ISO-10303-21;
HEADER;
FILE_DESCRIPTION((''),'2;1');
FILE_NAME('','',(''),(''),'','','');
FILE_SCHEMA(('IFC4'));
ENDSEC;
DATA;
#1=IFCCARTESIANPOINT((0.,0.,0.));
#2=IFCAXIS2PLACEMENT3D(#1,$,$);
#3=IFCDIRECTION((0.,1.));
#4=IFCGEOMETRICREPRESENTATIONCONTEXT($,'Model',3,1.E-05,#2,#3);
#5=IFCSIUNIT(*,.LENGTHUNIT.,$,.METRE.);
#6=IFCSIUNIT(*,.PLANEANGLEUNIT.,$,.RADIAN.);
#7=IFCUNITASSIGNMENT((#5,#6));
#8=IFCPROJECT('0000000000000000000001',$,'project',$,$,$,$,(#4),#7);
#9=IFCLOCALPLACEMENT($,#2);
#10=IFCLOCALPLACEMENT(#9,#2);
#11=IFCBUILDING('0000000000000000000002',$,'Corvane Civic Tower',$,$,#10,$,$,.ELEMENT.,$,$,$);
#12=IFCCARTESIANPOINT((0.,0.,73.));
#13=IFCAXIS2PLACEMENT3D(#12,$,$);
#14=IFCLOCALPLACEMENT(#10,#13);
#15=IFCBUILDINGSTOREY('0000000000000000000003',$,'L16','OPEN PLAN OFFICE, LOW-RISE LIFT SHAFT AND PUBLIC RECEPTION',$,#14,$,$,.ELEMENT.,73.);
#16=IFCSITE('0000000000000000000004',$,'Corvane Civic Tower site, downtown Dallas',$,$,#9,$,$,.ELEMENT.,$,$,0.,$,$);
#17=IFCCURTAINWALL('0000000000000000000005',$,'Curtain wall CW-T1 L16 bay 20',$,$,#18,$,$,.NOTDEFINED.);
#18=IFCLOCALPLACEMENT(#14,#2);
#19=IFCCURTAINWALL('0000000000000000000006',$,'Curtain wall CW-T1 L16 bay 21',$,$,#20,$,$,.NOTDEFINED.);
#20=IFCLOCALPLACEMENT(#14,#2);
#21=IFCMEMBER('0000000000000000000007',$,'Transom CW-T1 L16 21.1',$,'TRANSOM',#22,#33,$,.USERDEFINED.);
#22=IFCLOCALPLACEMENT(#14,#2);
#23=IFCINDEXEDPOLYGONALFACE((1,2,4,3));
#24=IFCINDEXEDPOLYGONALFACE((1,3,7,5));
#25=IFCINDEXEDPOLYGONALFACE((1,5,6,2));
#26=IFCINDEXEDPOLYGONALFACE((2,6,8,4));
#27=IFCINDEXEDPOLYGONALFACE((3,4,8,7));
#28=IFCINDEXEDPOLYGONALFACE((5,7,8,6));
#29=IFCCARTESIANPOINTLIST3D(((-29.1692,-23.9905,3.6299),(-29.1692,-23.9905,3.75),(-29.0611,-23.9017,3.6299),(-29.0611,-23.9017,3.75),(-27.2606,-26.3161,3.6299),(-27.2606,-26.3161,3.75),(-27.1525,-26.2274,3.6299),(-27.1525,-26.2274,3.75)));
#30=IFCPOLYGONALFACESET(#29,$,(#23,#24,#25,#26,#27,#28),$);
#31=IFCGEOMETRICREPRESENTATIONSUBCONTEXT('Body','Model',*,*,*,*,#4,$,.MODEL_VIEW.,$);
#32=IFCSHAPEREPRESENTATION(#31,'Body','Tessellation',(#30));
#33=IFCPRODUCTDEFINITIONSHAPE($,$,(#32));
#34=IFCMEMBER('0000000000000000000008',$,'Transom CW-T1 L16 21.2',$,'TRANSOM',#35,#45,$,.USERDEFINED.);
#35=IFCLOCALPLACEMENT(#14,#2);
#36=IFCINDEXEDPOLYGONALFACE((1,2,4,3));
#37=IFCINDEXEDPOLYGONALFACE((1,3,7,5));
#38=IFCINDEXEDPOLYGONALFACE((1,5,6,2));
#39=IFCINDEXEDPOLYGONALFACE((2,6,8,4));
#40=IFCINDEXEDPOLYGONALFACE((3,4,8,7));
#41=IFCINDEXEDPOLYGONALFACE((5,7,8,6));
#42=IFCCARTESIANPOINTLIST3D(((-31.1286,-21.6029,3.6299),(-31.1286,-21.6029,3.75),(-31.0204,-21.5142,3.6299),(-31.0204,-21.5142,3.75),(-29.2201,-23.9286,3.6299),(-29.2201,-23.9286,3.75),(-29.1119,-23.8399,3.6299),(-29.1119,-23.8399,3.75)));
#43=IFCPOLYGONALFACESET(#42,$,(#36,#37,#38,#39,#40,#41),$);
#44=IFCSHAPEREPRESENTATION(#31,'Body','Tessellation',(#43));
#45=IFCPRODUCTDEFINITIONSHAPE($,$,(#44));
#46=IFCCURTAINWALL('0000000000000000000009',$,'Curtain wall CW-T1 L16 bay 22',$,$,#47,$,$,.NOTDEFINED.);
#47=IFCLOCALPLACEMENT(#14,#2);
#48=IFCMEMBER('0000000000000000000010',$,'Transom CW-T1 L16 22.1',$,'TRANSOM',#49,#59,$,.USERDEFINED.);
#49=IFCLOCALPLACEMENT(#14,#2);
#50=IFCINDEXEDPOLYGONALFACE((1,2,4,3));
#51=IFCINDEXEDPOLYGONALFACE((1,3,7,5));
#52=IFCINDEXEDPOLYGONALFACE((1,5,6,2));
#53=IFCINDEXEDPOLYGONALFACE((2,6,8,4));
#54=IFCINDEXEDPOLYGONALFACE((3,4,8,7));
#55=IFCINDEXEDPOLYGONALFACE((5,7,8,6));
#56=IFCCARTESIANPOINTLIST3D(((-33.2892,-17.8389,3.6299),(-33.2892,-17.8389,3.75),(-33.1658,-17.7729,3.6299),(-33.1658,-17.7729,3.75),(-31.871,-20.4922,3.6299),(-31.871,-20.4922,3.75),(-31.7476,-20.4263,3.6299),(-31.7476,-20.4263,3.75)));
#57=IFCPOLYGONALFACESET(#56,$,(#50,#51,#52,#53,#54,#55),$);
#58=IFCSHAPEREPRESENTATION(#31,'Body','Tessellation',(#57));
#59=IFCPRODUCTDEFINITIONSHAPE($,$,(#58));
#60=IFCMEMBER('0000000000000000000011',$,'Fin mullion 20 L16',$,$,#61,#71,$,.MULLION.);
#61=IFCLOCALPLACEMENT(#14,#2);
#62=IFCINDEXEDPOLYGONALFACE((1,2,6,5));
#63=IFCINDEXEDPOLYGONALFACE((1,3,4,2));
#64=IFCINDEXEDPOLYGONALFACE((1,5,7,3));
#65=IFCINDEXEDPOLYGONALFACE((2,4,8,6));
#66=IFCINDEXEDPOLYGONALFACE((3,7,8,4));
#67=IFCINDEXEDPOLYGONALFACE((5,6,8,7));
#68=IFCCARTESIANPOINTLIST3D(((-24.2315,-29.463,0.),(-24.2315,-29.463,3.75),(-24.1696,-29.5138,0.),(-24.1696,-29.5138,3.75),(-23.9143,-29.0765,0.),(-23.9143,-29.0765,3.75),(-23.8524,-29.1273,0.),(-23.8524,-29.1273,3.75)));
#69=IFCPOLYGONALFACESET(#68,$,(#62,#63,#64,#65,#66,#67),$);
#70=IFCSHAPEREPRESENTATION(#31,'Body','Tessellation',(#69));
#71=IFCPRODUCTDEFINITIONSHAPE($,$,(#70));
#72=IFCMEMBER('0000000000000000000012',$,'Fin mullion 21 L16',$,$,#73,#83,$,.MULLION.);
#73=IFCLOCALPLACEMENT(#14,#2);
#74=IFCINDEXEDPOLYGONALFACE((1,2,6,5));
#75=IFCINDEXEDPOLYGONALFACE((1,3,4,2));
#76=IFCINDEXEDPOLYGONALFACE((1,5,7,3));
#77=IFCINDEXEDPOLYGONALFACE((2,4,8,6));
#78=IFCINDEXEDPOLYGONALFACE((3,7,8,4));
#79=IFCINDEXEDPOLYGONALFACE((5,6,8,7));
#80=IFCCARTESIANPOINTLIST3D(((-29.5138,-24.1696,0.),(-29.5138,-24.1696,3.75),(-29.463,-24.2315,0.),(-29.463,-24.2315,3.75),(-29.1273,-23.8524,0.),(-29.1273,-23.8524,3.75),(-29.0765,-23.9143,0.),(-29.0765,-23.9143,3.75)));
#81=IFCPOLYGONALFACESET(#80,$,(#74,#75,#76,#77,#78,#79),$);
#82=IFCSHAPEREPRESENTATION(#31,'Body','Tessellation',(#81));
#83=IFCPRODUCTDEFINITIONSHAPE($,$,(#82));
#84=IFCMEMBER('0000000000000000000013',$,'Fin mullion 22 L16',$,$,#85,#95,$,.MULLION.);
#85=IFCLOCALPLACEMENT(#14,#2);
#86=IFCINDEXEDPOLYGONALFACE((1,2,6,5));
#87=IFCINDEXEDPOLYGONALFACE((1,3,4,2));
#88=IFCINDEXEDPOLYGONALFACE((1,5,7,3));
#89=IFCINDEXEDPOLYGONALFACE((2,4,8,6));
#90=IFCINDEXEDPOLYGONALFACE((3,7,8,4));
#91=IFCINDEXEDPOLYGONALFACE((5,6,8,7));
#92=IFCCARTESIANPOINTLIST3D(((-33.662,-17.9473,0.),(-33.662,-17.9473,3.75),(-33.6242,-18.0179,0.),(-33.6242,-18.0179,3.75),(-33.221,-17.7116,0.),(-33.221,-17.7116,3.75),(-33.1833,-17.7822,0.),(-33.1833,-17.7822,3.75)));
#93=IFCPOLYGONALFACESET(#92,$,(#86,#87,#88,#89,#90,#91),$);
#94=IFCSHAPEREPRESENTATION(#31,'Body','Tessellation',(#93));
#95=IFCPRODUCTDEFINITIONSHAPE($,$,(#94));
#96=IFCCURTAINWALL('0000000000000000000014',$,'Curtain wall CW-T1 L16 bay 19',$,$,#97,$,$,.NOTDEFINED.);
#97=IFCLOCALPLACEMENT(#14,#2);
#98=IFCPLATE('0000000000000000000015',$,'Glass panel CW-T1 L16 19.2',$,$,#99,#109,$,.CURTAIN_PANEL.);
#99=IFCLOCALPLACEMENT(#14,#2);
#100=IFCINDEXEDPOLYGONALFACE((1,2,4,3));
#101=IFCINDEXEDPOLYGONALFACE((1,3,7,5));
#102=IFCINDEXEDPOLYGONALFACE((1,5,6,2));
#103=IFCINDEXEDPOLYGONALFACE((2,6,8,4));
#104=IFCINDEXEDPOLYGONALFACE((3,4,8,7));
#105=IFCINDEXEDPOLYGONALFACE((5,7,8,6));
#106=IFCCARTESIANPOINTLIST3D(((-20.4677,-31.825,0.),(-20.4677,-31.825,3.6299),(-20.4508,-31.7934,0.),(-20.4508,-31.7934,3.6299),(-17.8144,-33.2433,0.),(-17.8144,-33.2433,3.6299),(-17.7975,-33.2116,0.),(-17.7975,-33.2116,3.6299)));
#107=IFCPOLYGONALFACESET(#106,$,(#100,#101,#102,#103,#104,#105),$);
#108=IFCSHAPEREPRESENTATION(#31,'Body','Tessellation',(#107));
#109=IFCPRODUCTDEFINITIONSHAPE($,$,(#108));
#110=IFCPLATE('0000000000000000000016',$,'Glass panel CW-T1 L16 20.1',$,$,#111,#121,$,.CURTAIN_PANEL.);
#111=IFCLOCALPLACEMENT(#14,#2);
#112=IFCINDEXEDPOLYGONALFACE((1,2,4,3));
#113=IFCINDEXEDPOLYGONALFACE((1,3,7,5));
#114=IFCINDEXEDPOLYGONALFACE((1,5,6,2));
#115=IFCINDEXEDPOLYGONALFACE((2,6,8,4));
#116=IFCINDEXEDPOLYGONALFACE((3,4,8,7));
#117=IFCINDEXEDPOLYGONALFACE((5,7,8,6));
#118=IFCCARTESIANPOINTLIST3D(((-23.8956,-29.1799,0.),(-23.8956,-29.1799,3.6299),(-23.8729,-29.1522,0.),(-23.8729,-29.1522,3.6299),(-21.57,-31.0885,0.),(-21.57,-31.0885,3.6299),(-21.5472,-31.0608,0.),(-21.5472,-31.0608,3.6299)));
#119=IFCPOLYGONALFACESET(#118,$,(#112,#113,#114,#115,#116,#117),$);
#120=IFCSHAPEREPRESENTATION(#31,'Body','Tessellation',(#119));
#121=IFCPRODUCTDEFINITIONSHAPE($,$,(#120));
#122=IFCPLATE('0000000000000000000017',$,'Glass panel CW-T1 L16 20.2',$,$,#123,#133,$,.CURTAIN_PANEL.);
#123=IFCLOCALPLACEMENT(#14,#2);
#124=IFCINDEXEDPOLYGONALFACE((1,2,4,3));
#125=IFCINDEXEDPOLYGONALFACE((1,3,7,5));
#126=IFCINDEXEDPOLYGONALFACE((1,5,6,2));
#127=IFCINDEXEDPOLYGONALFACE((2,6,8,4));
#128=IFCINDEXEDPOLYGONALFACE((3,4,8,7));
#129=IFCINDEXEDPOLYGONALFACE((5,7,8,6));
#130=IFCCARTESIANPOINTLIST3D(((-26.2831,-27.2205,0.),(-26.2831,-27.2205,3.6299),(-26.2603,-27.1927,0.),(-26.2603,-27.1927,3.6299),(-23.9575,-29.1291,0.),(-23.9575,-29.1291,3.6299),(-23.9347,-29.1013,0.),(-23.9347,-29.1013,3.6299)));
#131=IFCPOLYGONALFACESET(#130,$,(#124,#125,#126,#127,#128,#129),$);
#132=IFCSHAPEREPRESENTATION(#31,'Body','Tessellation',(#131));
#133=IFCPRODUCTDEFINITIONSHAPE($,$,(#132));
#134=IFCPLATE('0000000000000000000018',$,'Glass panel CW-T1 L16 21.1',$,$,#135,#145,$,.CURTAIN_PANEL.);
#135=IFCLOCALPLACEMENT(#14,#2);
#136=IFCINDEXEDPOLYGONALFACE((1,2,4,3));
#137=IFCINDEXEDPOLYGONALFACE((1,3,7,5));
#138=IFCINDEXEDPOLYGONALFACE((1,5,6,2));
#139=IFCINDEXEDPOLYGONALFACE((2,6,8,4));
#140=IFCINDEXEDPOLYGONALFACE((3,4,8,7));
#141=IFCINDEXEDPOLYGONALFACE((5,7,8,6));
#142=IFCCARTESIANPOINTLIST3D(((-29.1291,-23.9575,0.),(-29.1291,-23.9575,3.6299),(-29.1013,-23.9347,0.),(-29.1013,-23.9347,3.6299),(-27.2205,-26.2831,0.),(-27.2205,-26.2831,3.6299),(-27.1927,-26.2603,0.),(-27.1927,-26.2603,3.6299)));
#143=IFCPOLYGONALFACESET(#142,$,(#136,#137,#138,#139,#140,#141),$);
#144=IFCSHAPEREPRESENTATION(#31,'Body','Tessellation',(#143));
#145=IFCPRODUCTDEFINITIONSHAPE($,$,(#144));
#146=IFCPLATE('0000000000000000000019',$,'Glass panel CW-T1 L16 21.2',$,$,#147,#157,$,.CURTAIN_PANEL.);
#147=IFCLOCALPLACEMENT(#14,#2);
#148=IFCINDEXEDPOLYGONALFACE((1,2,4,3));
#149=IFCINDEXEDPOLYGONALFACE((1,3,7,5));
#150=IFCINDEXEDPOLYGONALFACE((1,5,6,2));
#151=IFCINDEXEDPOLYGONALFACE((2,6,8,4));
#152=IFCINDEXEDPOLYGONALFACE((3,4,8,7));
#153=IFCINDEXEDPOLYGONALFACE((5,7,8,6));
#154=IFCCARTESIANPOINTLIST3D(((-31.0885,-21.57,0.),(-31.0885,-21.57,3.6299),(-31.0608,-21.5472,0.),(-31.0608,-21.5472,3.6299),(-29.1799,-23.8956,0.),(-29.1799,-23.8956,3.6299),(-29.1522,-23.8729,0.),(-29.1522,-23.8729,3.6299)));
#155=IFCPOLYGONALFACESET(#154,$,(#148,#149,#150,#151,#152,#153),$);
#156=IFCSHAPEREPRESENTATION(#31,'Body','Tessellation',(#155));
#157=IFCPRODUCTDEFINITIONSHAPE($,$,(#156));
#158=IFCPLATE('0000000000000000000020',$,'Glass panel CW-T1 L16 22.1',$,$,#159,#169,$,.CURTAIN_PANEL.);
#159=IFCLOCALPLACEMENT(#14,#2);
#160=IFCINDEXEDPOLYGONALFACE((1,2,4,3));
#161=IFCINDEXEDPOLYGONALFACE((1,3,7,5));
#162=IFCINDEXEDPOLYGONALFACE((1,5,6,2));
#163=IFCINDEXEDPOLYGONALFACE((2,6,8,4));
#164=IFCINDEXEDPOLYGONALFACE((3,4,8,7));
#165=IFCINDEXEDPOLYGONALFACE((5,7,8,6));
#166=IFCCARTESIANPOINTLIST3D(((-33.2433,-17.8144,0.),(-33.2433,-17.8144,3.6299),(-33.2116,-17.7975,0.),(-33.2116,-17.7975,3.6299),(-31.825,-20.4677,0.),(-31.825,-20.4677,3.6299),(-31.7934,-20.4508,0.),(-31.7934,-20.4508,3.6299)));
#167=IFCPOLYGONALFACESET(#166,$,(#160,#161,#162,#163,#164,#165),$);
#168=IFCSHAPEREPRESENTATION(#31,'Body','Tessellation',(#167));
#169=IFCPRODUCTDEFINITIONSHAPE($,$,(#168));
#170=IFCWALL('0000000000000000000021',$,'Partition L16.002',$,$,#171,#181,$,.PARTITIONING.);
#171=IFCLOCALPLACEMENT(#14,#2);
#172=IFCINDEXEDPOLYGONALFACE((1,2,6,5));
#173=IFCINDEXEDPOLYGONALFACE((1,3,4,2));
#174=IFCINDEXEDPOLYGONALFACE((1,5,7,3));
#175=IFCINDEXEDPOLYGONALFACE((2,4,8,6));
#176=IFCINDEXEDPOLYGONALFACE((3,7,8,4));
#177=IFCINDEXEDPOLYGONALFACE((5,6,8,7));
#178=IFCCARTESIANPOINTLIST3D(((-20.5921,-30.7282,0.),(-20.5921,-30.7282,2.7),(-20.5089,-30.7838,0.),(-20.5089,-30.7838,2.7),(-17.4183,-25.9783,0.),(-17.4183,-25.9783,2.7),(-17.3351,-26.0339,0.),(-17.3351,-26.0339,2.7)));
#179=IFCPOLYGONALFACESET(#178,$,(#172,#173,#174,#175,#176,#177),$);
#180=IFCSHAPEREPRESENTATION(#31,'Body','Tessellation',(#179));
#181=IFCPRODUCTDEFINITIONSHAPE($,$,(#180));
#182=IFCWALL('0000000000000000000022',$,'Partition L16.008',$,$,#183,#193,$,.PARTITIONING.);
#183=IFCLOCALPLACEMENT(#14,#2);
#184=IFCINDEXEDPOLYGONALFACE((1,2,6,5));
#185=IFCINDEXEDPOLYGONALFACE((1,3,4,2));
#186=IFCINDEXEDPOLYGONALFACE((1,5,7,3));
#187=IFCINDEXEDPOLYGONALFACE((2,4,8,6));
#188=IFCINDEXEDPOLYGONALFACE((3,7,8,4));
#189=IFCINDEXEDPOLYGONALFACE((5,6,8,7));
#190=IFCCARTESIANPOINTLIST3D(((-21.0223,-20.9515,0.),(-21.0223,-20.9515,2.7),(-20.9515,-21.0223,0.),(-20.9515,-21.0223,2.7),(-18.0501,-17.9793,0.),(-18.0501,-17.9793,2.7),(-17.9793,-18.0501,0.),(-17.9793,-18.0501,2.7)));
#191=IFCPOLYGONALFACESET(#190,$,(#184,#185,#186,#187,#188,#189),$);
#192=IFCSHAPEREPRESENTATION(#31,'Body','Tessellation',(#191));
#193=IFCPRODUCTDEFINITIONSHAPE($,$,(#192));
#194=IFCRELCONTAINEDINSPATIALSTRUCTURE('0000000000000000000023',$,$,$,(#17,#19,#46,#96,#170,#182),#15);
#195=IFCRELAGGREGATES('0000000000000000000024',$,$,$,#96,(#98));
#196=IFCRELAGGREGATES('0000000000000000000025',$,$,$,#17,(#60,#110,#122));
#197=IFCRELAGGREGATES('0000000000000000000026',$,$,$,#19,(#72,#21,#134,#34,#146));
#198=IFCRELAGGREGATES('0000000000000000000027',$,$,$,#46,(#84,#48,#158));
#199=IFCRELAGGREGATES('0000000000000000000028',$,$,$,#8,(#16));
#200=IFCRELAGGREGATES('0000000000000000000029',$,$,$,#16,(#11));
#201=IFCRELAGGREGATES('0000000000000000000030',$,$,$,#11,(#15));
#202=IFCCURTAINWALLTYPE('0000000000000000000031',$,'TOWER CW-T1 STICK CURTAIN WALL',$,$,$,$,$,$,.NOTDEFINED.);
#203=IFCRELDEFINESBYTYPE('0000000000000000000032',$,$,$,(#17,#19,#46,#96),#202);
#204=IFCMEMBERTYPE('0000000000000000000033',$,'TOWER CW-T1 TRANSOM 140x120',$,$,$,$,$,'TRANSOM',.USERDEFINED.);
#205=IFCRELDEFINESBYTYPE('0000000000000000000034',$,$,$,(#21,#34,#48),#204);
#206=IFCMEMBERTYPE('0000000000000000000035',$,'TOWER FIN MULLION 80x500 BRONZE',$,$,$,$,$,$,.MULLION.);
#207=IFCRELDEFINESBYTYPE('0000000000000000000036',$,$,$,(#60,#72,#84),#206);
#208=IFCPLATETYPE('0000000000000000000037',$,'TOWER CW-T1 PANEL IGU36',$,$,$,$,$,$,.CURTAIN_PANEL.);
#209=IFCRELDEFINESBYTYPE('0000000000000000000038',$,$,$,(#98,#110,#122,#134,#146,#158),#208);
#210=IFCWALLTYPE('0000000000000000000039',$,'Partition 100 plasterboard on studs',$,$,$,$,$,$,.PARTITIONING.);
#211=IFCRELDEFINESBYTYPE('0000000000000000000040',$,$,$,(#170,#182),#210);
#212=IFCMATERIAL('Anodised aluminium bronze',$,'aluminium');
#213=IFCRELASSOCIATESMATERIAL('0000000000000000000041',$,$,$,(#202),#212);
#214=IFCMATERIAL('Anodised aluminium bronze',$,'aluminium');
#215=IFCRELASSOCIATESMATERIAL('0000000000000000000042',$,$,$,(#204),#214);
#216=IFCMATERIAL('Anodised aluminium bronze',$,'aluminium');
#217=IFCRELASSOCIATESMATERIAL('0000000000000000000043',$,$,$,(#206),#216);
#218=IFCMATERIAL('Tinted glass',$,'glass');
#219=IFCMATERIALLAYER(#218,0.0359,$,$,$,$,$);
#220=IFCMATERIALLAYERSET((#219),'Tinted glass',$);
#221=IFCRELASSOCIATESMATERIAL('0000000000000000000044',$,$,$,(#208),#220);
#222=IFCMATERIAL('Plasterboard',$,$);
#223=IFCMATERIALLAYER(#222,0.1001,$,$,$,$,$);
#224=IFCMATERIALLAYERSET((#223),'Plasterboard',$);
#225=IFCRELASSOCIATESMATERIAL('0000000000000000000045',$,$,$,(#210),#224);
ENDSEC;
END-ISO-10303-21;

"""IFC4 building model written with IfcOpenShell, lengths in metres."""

from ifc_helpers import new_model, si_unit, direction, frame, frame_2d, origin, origin_2d, place, context, subcontext, project, spatial, rectangle, extrude, material, layer, layer_set, material_profile, profile_set, type_object, element, aggregate, save


model = new_model("IFC4")

# Units and contexts
model_context = context("Model", 3, precision=1e-05, world=origin(), true_north=direction((0.0, 1.0)))
body_context = subcontext(model_context, "Body", "Model", "MODEL_VIEW")
ifc_project = project(units=[si_unit("LENGTHUNIT", "METRE"), si_unit("PLANEANGLEUNIT", "RADIAN")], contexts=[model_context])

# Site, building, storey
site_placement = place(None, origin())
site = spatial("IfcSite", under=ifc_project, at=site_placement, Name="Corvane Civic Tower site, downtown Dallas", CompositionType="ELEMENT", RefElevation=0.0)
building_placement = place(site_placement, origin())
building = spatial("IfcBuilding", under=site, at=building_placement, Name="Corvane Civic Tower", CompositionType="ELEMENT")
storey_placement = place(building_placement, frame((0.0, 0.0, 73.0)))
storey = spatial("IfcBuildingStorey", under=building, at=storey_placement, Name="L16", Description="OPEN PLAN OFFICE, LOW-RISE LIFT SHAFT AND PUBLIC RECEPTION", CompositionType="ELEMENT", Elevation=73.0)

# Curtain walls, members
ifc_material_1 = material(Name="Anodised aluminium bronze", Category="aluminium")
curtain_wall_type = type_object("IfcCurtainWallType", Name="TOWER CW-T1 STICK CURTAIN WALL", PredefinedType="NOTDEFINED", material=ifc_material_1)
curtain_wall_1_placement = place(storey_placement, origin())
curtain_wall_1 = element("IfcCurtainWall", 1, at=curtain_wall_1_placement, inside=storey, type_object=curtain_wall_type, Name="Curtain wall CW-T1 L16 bay 20", PredefinedType="NOTDEFINED")
ifc_material_2 = material(Name="Anodised aluminium bronze", Category="aluminium")
ifc_material_profile_1 = material_profile(ifc_material_2, rectangle(XDim=0.1399, YDim=0.1201, at=origin_2d()), Name="TOWER CW-T1 TRANSOM 140x120")
ifc_profile_set_1 = profile_set([ifc_material_profile_1], Name="Anodised aluminium bronze")
member_type_1 = type_object("IfcMemberType", Name="TOWER CW-T1 TRANSOM 140x120", ElementType="TRANSOM", PredefinedType="USERDEFINED", material=ifc_profile_set_1)
curtain_wall_2_placement = place(storey_placement, origin())
curtain_wall_2 = element("IfcCurtainWall", 2, at=curtain_wall_2_placement, inside=storey, type_object=curtain_wall_type, Name="Curtain wall CW-T1 L16 bay 21", PredefinedType="NOTDEFINED")
member_1_placement = place(storey_placement, frame((-27.2065, -26.2717, 3.6899), z_axis=(-0.634404, 0.773002, 0.0), x_axis=(-0.773002, -0.634404, 0.0)))
member_1 = element("IfcMember", 3, at=member_1_placement, type_object=member_type_1, Name="Transom CW-T1 L16 21.1", ObjectType="TRANSOM", PredefinedType="USERDEFINED", context=body_context, shape_type="SweptSolid", body=[
    extrude(rectangle(XDim=0.1399, YDim=0.1201, at=origin_2d()), origin(), (0.0, 0.0, 1.0), 3.0085),
])
member_2_placement = place(storey_placement, frame((-29.166, -23.8843, 3.6899), z_axis=(-0.634355, 0.773042, 0.0), x_axis=(-0.773042, -0.634355, 0.0)))
member_2 = element("IfcMember", 4, at=member_2_placement, type_object=member_type_1, Name="Transom CW-T1 L16 21.2", ObjectType="TRANSOM", PredefinedType="USERDEFINED", context=body_context, shape_type="SweptSolid", body=[
    extrude(rectangle(XDim=0.1399, YDim=0.1201, at=origin_2d()), origin(), (0.0, 0.0, 1.0), 3.0085),
])

# Curtain wall, member
curtain_wall_3_placement = place(storey_placement, origin())
curtain_wall_3 = element("IfcCurtainWall", 5, at=curtain_wall_3_placement, inside=storey, type_object=curtain_wall_type, Name="Curtain wall CW-T1 L16 bay 22", PredefinedType="NOTDEFINED")
member_3_placement = place(storey_placement, frame((-31.8093, -20.4592, 3.6899), z_axis=(-0.471393, 0.881924, 0.0), x_axis=(-0.881924, -0.471393, 0.0)))
member_3 = element("IfcMember", 6, at=member_3_placement, type_object=member_type_1, Name="Transom CW-T1 L16 22.1", ObjectType="TRANSOM", PredefinedType="USERDEFINED", context=body_context, shape_type="SweptSolid", body=[
    extrude(rectangle(XDim=0.1399, YDim=0.1201, at=origin_2d()), origin(), (0.0, 0.0, 1.0), 3.0085),
])

# Members
ifc_material_3 = material(Name="Anodised aluminium bronze", Category="aluminium")
ifc_material_profile_2 = material_profile(ifc_material_3, rectangle(XDim=0.0801, YDim=0.5, at=origin_2d()), Name="TOWER FIN MULLION 80x500 BRONZE")
ifc_profile_set_2 = profile_set([ifc_material_profile_2], Name="Anodised aluminium bronze")
member_type_2 = type_object("IfcMemberType", Name="TOWER FIN MULLION 80x500 BRONZE", PredefinedType="MULLION", material=ifc_profile_set_2)
member_4_placement = place(storey_placement, frame((-24.042, -29.2952, 0.0), z_axis=(0.0, 0.0, 1.0), x_axis=(-0.773007, 0.634397, 0.0)))
member_4 = element("IfcMember", 7, at=member_4_placement, type_object=member_type_2, Name="Fin mullion 20 L16", PredefinedType="MULLION", context=body_context, shape_type="SweptSolid", body=[
    extrude(rectangle(XDim=0.0801, YDim=0.5, at=origin_2d()), origin(), (0.0, 0.0, 1.0), 3.75),
])
member_5_placement = place(storey_placement, frame((-29.2952, -24.042, 0.0), z_axis=(0.0, 0.0, 1.0), x_axis=(-0.634397, 0.773007, 0.0)))
member_5 = element("IfcMember", 8, at=member_5_placement, type_object=member_type_2, Name="Fin mullion 21 L16", PredefinedType="MULLION", context=body_context, shape_type="SweptSolid", body=[
    extrude(rectangle(XDim=0.0801, YDim=0.5, at=origin_2d()), origin(), (0.0, 0.0, 1.0), 3.75),
])
member_6_placement = place(storey_placement, frame((-33.4226, -17.8647, 0.0), z_axis=(0.0, 0.0, 1.0), x_axis=(-0.471404, 0.881918, 0.0)))
member_6 = element("IfcMember", 9, at=member_6_placement, type_object=member_type_2, Name="Fin mullion 22 L16", PredefinedType="MULLION", context=body_context, shape_type="SweptSolid", body=[
    extrude(rectangle(XDim=0.0801, YDim=0.5, at=origin_2d()), origin(), (0.0, 0.0, 1.0), 3.75),
])

# Curtain wall, plate
curtain_wall_4_placement = place(storey_placement, origin())
curtain_wall_4 = element("IfcCurtainWall", 10, at=curtain_wall_4_placement, inside=storey, type_object=curtain_wall_type, Name="Curtain wall CW-T1 L16 bay 19", PredefinedType="NOTDEFINED")
ifc_material_4 = material(Name="Tinted glass", Category="glass")
ifc_layer_1 = layer(ifc_material_4, 0.0359)
ifc_layer_set_1 = layer_set([ifc_layer_1], Name="Tinted glass")
plate_type = type_object("IfcPlateType", Name="TOWER CW-T1 PANEL IGU36", PredefinedType="CURTAIN_PANEL", material=ifc_layer_set_1)
plate_1_placement = place(storey_placement, frame((-19.1326, -32.5183, 0.0), z_axis=(0.0, 0.0, 1.0), x_axis=(-0.881918, 0.471404, 0.0)))
plate_1 = element("IfcPlate", 11, at=plate_1_placement, type_object=plate_type, Name="Glass panel CW-T1 L16 19.2", PredefinedType="CURTAIN_PANEL", context=body_context, shape_type="SweptSolid", body=[
    extrude(rectangle(XDim=3.0085, YDim=0.0359, at=origin_2d()), origin(), (0.0, 0.0, 1.0), 3.6299),
])
aggregate(curtain_wall_4, [plate_1])

# Plates
plate_2_placement = place(storey_placement, frame((-22.7214, -30.1204, 0.0), z_axis=(0.0, 0.0, 1.0), x_axis=(-0.773007, 0.634397, 0.0)))
plate_2 = element("IfcPlate", 12, at=plate_2_placement, type_object=plate_type, Name="Glass panel CW-T1 L16 20.1", PredefinedType="CURTAIN_PANEL", context=body_context, shape_type="SweptSolid", body=[
    extrude(rectangle(XDim=3.0085, YDim=0.0359, at=origin_2d()), origin(), (0.0, 0.0, 1.0), 3.6299),
])
plate_3_placement = place(storey_placement, frame((-25.1089, -28.1609, 0.0), z_axis=(0.0, 0.0, 1.0), x_axis=(-0.773007, 0.634397, 0.0)))
plate_3 = element("IfcPlate", 13, at=plate_3_placement, type_object=plate_type, Name="Glass panel CW-T1 L16 20.2", PredefinedType="CURTAIN_PANEL", context=body_context, shape_type="SweptSolid", body=[
    extrude(rectangle(XDim=3.0085, YDim=0.0359, at=origin_2d()), origin(), (0.0, 0.0, 1.0), 3.6299),
])
aggregate(curtain_wall_1, [member_4, plate_2, plate_3])
plate_4_placement = place(storey_placement, frame((-28.1609, -25.1089, 0.0), z_axis=(0.0, 0.0, 1.0), x_axis=(-0.634397, 0.773007, 0.0)))
plate_4 = element("IfcPlate", 14, at=plate_4_placement, type_object=plate_type, Name="Glass panel CW-T1 L16 21.1", PredefinedType="CURTAIN_PANEL", context=body_context, shape_type="SweptSolid", body=[
    extrude(rectangle(XDim=3.0085, YDim=0.0359, at=origin_2d()), origin(), (0.0, 0.0, 1.0), 3.6299),
])
plate_5_placement = place(storey_placement, frame((-30.1204, -22.7214, 0.0), z_axis=(0.0, 0.0, 1.0), x_axis=(-0.634397, 0.773007, 0.0)))
plate_5 = element("IfcPlate", 15, at=plate_5_placement, type_object=plate_type, Name="Glass panel CW-T1 L16 21.2", PredefinedType="CURTAIN_PANEL", context=body_context, shape_type="SweptSolid", body=[
    extrude(rectangle(XDim=3.0085, YDim=0.0359, at=origin_2d()), origin(), (0.0, 0.0, 1.0), 3.6299),
])
aggregate(curtain_wall_2, [member_5, member_1, plate_4, member_2, plate_5])
plate_6_placement = place(storey_placement, frame((-32.5183, -19.1326, 0.0), z_axis=(0.0, 0.0, 1.0), x_axis=(-0.471404, 0.881918, 0.0)))
plate_6 = element("IfcPlate", 16, at=plate_6_placement, type_object=plate_type, Name="Glass panel CW-T1 L16 22.1", PredefinedType="CURTAIN_PANEL", context=body_context, shape_type="SweptSolid", body=[
    extrude(rectangle(XDim=3.0085, YDim=0.0359, at=origin_2d()), origin(), (0.0, 0.0, 1.0), 3.6299),
])
aggregate(curtain_wall_3, [member_6, member_3, plate_6])

# Walls
ifc_material_5 = material(Name="Plasterboard")
ifc_layer_2 = layer(ifc_material_5, 0.1001)
ifc_layer_set_2 = layer_set([ifc_layer_2], Name="Plasterboard")
wall_type = type_object("IfcWallType", Name="Partition 100 plasterboard on studs", PredefinedType="PARTITIONING", material=ifc_layer_set_2)
wall_1_placement = place(storey_placement, frame((-20.5505, -30.7561, 0.0), z_axis=(0.0, 0.0, 1.0), x_axis=(0.555568, 0.831471, 0.0)))
element("IfcWall", 17, at=wall_1_placement, inside=storey, type_object=wall_type, Name="Partition L16.002", PredefinedType="PARTITIONING", context=body_context, shape_type="SweptSolid", body=[
    extrude(rectangle(XDim=5.7126, YDim=0.1001, at=frame_2d((2.8564, 0.0))), origin(), (0.0, 0.0, 1.0), 2.7),
])
wall_2_placement = place(storey_placement, frame((-20.9868, -20.9868, 0.0), z_axis=(0.0, 0.0, 1.0), x_axis=(0.707107, 0.707107, 0.0)))
element("IfcWall", 18, at=wall_2_placement, inside=storey, type_object=wall_type, Name="Partition L16.008", PredefinedType="PARTITIONING", context=body_context, shape_type="SweptSolid", body=[
    extrude(rectangle(XDim=4.2034, YDim=0.1001, at=frame_2d((2.1016, 0.0))), origin(), (0.0, 0.0, 1.0), 2.7),
])

save(model, "model.ifc")
